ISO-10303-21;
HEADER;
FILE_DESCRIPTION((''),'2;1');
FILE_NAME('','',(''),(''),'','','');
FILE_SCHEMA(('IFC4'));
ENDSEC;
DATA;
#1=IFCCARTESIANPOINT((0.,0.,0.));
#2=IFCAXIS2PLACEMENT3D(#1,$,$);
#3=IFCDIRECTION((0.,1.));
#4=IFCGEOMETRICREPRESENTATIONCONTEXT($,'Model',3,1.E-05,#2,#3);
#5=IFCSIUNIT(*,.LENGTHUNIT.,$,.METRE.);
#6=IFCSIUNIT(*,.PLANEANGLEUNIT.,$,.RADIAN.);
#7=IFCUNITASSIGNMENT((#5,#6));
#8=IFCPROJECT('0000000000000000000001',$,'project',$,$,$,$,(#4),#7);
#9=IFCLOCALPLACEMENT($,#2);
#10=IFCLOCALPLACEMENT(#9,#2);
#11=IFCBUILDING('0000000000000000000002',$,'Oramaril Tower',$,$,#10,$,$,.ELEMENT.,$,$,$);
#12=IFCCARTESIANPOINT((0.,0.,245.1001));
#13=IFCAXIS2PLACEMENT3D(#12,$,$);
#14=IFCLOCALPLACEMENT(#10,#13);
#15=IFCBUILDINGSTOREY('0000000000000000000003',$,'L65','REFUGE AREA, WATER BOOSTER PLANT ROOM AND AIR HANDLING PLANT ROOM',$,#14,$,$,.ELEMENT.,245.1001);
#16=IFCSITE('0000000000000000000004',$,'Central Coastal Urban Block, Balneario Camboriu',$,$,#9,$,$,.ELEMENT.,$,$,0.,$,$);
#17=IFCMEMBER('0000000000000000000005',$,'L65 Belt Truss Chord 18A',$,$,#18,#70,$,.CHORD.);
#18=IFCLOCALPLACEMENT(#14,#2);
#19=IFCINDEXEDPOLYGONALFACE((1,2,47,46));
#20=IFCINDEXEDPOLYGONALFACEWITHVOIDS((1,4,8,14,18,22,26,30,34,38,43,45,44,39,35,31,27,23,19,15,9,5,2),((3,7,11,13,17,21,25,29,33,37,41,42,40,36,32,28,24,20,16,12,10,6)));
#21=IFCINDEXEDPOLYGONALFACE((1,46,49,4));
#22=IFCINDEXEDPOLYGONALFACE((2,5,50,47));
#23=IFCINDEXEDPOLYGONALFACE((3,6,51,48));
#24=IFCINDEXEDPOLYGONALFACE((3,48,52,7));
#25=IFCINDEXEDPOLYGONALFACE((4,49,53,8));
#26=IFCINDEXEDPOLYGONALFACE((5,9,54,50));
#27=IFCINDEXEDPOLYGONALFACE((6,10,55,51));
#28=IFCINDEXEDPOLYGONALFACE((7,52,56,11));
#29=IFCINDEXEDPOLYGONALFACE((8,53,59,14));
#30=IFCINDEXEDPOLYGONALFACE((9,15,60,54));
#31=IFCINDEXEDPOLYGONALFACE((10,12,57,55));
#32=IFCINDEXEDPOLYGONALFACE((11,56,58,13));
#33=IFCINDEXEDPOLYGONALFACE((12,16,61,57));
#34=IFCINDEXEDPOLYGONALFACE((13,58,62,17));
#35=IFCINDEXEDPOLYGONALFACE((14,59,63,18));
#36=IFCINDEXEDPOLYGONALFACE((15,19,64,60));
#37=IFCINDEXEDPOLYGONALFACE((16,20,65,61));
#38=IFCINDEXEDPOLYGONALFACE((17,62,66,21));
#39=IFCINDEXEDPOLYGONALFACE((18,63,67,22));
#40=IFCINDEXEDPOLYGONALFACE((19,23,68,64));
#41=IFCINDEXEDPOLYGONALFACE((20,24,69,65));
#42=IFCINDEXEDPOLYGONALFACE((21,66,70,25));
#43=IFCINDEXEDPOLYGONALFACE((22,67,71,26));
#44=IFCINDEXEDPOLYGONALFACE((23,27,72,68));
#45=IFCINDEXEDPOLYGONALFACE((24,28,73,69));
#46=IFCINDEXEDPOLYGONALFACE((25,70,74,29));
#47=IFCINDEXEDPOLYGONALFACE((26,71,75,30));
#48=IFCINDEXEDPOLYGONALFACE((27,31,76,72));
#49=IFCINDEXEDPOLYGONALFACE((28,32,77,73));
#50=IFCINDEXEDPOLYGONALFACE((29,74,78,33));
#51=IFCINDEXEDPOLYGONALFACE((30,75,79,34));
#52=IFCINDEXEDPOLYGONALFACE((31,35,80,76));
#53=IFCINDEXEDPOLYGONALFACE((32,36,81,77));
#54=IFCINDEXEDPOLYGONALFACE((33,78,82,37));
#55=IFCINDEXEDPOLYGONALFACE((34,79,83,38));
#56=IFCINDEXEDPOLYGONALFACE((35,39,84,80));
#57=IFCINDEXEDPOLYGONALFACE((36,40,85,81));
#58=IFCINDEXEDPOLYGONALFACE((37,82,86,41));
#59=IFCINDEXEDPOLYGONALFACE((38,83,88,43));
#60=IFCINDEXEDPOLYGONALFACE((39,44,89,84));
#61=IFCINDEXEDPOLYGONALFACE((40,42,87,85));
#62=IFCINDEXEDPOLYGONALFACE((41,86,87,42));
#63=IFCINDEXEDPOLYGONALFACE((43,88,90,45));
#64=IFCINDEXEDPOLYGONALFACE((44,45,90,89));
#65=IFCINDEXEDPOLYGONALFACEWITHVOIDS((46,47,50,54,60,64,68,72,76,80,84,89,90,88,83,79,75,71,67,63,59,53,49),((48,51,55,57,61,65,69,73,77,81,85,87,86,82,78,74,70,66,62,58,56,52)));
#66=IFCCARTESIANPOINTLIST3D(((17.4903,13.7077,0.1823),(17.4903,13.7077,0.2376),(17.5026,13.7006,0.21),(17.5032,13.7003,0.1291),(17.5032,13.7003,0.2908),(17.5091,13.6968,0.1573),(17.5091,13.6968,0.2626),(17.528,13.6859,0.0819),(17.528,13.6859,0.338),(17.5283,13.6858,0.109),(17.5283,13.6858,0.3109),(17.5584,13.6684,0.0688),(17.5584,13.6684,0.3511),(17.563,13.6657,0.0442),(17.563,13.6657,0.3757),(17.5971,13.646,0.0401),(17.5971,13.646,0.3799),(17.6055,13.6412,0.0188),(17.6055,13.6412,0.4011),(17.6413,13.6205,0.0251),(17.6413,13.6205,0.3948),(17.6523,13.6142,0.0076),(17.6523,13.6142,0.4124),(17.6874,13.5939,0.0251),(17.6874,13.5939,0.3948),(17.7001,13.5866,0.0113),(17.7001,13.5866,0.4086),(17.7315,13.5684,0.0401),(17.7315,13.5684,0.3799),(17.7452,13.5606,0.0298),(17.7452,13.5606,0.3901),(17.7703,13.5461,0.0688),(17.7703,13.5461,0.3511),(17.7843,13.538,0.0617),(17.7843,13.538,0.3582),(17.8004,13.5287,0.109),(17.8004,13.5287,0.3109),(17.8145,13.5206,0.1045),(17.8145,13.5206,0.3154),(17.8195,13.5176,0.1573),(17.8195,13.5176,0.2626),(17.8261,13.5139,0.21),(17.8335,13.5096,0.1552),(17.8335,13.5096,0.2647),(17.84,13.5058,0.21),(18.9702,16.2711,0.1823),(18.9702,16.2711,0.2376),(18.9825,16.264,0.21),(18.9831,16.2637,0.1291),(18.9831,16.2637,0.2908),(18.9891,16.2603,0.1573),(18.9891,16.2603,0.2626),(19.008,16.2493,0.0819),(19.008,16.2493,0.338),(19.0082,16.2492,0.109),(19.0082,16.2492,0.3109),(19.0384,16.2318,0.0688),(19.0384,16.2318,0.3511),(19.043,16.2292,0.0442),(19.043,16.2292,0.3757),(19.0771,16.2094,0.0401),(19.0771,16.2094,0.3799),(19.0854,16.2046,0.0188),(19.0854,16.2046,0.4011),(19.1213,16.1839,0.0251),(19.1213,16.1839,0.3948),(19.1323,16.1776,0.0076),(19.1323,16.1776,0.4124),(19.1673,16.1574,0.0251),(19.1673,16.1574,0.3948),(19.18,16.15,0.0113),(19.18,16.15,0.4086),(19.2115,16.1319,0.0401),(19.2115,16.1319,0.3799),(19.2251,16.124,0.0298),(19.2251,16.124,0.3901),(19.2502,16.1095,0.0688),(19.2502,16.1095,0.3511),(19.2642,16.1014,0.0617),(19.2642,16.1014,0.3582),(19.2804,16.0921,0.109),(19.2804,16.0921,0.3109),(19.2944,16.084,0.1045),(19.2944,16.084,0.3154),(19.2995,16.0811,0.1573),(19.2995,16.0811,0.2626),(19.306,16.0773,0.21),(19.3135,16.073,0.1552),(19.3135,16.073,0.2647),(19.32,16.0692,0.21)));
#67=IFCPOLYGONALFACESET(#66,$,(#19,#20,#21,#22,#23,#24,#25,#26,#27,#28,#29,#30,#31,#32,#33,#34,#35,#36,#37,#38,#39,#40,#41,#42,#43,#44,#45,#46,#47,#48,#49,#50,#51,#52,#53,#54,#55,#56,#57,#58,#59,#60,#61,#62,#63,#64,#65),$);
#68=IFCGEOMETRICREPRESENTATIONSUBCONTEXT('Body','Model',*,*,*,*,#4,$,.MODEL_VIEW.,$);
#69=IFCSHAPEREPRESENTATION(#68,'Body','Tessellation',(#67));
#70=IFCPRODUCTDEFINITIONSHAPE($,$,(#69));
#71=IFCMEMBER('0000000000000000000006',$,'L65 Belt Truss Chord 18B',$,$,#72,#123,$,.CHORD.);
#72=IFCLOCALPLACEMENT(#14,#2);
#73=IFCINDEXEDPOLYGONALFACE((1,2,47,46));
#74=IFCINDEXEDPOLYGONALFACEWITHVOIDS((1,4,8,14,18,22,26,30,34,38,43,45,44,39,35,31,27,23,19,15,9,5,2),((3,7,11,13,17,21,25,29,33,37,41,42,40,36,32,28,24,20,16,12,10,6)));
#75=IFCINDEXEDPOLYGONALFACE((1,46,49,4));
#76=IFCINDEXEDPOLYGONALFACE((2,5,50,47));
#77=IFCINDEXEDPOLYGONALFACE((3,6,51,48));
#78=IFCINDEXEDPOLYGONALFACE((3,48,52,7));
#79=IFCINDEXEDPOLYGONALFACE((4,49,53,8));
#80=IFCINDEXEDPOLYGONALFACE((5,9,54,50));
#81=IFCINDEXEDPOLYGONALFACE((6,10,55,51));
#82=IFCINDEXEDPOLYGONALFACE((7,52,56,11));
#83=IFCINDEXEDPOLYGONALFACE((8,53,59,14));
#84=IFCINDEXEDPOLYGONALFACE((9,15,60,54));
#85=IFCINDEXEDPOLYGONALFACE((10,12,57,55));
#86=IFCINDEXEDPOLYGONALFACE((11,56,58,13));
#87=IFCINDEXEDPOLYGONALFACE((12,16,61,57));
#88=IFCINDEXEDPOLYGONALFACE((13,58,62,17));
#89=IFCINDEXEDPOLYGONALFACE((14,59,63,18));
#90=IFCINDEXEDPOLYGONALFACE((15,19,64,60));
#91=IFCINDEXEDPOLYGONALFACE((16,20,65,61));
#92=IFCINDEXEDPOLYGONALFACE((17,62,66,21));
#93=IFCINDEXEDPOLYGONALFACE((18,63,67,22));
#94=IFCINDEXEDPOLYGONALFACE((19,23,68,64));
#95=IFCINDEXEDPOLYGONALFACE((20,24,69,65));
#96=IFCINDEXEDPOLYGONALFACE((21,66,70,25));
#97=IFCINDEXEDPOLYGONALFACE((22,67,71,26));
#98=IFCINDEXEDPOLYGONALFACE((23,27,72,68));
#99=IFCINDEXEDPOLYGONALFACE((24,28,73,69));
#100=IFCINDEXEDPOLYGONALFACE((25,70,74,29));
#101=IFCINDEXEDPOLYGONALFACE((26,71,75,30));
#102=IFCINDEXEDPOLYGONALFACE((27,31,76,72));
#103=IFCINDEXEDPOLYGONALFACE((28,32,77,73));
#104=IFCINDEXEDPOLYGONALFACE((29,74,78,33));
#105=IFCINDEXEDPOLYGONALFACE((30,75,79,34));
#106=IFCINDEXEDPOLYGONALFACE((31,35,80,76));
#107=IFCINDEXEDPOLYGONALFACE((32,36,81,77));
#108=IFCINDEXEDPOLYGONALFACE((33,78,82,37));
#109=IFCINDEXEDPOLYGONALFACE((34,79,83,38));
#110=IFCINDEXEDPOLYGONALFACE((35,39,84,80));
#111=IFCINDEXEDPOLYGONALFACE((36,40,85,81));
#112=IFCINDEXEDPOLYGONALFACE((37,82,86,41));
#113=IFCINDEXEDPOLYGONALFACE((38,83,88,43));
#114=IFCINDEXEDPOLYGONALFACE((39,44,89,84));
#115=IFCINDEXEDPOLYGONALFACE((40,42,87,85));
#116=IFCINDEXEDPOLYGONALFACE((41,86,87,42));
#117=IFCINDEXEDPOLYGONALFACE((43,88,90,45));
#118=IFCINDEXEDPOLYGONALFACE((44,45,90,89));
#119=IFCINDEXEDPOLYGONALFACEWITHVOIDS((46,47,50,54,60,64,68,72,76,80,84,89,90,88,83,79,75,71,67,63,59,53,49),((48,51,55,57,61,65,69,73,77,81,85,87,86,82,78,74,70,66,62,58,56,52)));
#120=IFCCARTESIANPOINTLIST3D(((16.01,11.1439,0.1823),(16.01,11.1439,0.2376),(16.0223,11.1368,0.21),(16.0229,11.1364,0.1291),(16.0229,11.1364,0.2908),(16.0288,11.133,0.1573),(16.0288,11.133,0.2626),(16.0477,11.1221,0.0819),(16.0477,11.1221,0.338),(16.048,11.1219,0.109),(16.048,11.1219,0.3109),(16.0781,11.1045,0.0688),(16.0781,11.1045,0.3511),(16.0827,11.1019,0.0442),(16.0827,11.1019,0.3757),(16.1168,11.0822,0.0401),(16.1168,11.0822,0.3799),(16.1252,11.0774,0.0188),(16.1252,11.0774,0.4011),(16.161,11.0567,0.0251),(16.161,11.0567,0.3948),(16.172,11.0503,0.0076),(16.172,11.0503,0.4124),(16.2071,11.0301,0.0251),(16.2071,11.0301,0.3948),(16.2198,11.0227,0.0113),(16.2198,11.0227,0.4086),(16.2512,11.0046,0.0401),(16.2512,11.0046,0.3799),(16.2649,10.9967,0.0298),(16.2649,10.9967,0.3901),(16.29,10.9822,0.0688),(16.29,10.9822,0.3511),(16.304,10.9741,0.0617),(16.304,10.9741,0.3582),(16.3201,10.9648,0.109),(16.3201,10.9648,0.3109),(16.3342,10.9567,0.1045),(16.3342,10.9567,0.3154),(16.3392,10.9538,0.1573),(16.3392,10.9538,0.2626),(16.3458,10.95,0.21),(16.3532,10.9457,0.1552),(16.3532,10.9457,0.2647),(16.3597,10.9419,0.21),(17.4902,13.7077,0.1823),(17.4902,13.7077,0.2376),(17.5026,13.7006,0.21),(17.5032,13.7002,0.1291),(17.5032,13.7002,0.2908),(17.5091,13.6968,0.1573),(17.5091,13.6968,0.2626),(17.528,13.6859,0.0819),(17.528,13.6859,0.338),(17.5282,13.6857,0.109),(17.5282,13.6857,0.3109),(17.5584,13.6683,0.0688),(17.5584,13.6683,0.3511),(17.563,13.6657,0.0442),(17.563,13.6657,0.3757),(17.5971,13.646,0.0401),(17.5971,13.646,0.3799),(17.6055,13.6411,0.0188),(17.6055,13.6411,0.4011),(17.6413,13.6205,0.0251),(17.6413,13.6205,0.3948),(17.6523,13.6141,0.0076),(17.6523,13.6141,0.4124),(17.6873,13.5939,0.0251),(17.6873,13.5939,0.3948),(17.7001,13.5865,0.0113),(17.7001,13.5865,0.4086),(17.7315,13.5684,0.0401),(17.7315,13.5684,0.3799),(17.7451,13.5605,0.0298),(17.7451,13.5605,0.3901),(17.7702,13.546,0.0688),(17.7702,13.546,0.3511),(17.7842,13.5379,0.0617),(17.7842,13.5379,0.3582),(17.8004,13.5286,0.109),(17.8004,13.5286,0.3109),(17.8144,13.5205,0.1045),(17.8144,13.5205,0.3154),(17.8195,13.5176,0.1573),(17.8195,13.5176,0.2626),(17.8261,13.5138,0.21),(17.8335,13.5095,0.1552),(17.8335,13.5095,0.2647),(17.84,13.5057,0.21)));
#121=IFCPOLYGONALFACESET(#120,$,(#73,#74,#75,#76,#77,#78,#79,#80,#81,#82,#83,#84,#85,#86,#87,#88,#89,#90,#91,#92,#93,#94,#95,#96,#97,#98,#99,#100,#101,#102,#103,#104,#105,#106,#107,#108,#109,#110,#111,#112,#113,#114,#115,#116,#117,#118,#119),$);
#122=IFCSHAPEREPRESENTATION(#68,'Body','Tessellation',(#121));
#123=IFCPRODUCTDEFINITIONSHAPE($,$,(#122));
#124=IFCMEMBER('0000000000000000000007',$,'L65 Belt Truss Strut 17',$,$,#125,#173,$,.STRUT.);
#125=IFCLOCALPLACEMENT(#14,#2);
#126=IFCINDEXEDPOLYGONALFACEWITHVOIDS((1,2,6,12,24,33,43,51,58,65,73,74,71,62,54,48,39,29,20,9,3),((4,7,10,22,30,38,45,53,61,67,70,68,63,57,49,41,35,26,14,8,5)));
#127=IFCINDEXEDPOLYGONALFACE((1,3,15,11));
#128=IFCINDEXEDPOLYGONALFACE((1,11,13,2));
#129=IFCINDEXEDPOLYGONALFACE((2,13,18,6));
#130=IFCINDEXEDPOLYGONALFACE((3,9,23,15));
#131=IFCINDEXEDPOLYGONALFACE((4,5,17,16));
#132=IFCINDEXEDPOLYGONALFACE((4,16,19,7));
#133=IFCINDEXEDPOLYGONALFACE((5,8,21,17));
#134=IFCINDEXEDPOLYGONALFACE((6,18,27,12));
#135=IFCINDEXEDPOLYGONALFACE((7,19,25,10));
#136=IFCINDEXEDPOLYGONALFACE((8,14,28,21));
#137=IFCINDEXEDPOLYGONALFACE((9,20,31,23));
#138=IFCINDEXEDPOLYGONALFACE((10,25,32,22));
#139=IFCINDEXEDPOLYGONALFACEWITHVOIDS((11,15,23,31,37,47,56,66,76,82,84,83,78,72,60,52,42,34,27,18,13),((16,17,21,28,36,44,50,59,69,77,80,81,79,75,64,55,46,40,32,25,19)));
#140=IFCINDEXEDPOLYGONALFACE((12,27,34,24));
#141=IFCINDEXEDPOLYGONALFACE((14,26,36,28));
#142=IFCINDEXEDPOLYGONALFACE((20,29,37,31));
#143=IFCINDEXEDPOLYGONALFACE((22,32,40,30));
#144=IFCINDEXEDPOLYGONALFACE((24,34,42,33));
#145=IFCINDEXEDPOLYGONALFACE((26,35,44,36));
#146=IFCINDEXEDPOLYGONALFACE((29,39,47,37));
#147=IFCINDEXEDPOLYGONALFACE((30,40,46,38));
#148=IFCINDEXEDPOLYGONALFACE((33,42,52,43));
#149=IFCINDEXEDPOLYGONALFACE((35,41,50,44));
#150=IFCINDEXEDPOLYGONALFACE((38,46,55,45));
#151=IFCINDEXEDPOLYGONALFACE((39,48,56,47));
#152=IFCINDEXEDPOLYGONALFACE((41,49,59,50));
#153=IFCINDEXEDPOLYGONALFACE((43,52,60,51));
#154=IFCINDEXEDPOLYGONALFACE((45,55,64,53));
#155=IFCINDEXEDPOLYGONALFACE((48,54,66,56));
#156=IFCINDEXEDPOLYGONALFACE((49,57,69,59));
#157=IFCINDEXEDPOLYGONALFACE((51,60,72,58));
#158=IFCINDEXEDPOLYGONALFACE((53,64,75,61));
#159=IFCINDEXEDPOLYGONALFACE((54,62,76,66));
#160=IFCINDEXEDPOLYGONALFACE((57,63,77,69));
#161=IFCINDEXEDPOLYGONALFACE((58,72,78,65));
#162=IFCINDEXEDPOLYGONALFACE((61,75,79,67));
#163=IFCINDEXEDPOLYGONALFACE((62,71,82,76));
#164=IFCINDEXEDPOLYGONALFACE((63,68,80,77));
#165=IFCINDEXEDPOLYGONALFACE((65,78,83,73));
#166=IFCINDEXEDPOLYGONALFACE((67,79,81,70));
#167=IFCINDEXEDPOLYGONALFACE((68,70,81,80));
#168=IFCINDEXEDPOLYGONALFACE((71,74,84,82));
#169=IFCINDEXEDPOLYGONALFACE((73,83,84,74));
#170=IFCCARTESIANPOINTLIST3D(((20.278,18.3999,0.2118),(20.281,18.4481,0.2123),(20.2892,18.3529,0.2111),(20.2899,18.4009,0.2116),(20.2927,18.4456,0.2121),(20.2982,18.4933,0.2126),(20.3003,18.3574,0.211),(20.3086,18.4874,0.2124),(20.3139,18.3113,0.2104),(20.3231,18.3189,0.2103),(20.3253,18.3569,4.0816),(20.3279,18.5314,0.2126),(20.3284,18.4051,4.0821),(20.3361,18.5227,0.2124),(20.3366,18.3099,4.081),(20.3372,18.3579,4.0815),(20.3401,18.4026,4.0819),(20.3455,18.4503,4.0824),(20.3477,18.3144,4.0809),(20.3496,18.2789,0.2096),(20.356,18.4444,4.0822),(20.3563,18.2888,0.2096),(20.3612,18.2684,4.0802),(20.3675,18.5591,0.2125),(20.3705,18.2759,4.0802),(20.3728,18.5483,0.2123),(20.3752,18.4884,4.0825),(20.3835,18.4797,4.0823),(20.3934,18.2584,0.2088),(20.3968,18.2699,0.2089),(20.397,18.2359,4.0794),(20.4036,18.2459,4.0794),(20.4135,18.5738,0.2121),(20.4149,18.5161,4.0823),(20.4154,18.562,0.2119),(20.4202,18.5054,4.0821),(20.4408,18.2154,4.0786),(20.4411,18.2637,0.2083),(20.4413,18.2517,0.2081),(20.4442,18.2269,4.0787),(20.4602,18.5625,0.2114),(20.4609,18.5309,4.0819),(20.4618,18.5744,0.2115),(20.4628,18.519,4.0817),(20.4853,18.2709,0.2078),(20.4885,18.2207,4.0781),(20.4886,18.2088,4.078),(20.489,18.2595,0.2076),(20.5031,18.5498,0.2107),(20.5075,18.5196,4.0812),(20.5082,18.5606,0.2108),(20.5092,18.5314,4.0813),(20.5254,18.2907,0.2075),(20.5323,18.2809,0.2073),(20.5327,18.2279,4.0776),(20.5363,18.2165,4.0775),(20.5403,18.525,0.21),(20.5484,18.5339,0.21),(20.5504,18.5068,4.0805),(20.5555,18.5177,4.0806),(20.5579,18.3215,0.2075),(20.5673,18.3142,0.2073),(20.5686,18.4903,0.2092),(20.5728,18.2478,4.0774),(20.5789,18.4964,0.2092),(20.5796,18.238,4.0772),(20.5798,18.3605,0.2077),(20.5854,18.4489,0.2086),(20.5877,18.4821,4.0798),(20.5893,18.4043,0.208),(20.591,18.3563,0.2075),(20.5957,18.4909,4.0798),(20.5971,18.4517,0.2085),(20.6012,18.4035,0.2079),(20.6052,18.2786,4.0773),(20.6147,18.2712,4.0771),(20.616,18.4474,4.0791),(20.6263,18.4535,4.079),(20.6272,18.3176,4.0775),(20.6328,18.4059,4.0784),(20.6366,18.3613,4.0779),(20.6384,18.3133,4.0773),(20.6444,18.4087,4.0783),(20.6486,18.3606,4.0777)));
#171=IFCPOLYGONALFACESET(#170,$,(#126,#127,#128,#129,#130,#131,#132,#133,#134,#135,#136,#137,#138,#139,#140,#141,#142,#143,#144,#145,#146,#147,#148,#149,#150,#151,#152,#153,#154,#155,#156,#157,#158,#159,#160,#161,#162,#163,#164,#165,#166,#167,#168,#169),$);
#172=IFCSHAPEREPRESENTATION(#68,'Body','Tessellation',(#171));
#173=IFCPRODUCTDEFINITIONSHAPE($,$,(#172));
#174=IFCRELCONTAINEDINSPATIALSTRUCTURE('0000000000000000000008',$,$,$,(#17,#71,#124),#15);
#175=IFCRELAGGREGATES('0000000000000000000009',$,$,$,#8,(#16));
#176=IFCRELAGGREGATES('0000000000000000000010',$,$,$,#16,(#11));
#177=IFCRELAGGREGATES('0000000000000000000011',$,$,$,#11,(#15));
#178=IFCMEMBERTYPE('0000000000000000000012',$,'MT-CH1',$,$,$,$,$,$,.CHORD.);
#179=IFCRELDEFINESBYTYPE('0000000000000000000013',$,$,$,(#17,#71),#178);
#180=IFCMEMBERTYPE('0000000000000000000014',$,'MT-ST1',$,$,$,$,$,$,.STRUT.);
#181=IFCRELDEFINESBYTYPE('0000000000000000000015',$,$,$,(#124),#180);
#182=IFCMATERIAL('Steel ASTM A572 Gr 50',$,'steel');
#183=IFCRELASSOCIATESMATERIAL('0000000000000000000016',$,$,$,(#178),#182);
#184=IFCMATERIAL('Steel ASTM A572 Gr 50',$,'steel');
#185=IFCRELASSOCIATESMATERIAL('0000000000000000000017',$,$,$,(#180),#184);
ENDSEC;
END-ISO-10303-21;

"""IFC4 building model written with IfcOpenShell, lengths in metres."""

from ifc_helpers import new_model, si_unit, direction, frame, origin, origin_2d, place, context, subcontext, project, spatial, hollow_circle, extrude, material, material_profile, profile_set, type_object, element, save


model = new_model("IFC4")

# Units and contexts
model_context = context("Model", 3, precision=1e-05, world=origin(), true_north=direction((0.0, 1.0)))
body_context = subcontext(model_context, "Body", "Model", "MODEL_VIEW")
ifc_project = project(units=[si_unit("LENGTHUNIT", "METRE"), si_unit("PLANEANGLEUNIT", "RADIAN")], contexts=[model_context])

# Site, building, storey
site_placement = place(None, origin())
site = spatial("IfcSite", under=ifc_project, at=site_placement, Name="Central Coastal Urban Block, Balneario Camboriu", CompositionType="ELEMENT", RefElevation=0.0)
building_placement = place(site_placement, origin())
building = spatial("IfcBuilding", under=site, at=building_placement, Name="Oramaril Tower", CompositionType="ELEMENT")
storey_placement = place(building_placement, frame((0.0, 0.0, 245.1001)))
storey = spatial("IfcBuildingStorey", under=building, at=storey_placement, Name="L65", Description="REFUGE AREA, WATER BOOSTER PLANT ROOM AND AIR HANDLING PLANT ROOM", CompositionType="ELEMENT", Elevation=245.1001)

# Members
ifc_material_1 = material(Name="Steel ASTM A572 Gr 50", Category="steel")
ifc_material_profile_1 = material_profile(ifc_material_1, hollow_circle(Radius=0.2029, WallThickness=0.0161, at=origin_2d()), Name="CHS406X16")
ifc_profile_set_1 = profile_set([ifc_material_profile_1], Name="Steel ASTM A572 Gr 50")
member_type_1 = type_object("IfcMemberType", Name="MT-CH1", PredefinedType="CHORD", material=ifc_profile_set_1)
member_1_placement = place(storey_placement, frame((19.1443, 16.1707, 0.21), z_axis=(-0.499989, -0.866032, 0.0), x_axis=(0.866032, -0.499989, 0.0)))
element("IfcMember", 1, at=member_1_placement, inside=storey, type_object=member_type_1, Name="L65 Belt Truss Chord 18A", PredefinedType="CHORD", context=body_context, shape_type="SweptSolid", body=[
    extrude(hollow_circle(Radius=0.2029, WallThickness=0.0161, at=origin_2d()), origin(), (0.0, 0.0, 1.0), 2.96),
])
member_2_placement = place(storey_placement, frame((17.6643, 13.6072, 0.21), z_axis=(-0.500015, -0.866017, 0.0), x_axis=(0.866017, -0.500015, 0.0)))
element("IfcMember", 2, at=member_2_placement, inside=storey, type_object=member_type_1, Name="L65 Belt Truss Chord 18B", PredefinedType="CHORD", context=body_context, shape_type="SweptSolid", body=[
    extrude(hollow_circle(Radius=0.2029, WallThickness=0.0161, at=origin_2d()), origin(), (0.0, 0.0, 1.0), 2.9604),
])
ifc_material_2 = material(Name="Steel ASTM A572 Gr 50", Category="steel")
ifc_material_profile_2 = material_profile(ifc_material_2, hollow_circle(Radius=0.1621, WallThickness=0.012, at=origin_2d()), Name="CHS324X12")
ifc_profile_set_2 = profile_set([ifc_material_profile_2], Name="Steel ASTM A572 Gr 50")
member_type_2 = type_object("IfcMemberType", Name="MT-ST1", PredefinedType="STRUT", material=ifc_profile_set_2)
for number, where, z_axis, x_axis, name in (
    (3, (20.4395, 18.4138, 0.21), (0.012237, -0.011102, 0.999863), (0.671912, 0.740631, 0.0), "L65 Belt Truss Strut 17"),
):
    element("IfcMember", number, at=place(storey_placement, frame(where, z_axis=z_axis, x_axis=x_axis)), inside=storey, type_object=member_type_2, Name=name, PredefinedType="STRUT", context=body_context, shape_type="SweptSolid", body=[
        extrude(hollow_circle(Radius=0.1621, WallThickness=0.012, at=origin_2d()), origin(), (0.0, 0.0, 1.0), 3.8704),
    ])

save(model, "model.ifc")
